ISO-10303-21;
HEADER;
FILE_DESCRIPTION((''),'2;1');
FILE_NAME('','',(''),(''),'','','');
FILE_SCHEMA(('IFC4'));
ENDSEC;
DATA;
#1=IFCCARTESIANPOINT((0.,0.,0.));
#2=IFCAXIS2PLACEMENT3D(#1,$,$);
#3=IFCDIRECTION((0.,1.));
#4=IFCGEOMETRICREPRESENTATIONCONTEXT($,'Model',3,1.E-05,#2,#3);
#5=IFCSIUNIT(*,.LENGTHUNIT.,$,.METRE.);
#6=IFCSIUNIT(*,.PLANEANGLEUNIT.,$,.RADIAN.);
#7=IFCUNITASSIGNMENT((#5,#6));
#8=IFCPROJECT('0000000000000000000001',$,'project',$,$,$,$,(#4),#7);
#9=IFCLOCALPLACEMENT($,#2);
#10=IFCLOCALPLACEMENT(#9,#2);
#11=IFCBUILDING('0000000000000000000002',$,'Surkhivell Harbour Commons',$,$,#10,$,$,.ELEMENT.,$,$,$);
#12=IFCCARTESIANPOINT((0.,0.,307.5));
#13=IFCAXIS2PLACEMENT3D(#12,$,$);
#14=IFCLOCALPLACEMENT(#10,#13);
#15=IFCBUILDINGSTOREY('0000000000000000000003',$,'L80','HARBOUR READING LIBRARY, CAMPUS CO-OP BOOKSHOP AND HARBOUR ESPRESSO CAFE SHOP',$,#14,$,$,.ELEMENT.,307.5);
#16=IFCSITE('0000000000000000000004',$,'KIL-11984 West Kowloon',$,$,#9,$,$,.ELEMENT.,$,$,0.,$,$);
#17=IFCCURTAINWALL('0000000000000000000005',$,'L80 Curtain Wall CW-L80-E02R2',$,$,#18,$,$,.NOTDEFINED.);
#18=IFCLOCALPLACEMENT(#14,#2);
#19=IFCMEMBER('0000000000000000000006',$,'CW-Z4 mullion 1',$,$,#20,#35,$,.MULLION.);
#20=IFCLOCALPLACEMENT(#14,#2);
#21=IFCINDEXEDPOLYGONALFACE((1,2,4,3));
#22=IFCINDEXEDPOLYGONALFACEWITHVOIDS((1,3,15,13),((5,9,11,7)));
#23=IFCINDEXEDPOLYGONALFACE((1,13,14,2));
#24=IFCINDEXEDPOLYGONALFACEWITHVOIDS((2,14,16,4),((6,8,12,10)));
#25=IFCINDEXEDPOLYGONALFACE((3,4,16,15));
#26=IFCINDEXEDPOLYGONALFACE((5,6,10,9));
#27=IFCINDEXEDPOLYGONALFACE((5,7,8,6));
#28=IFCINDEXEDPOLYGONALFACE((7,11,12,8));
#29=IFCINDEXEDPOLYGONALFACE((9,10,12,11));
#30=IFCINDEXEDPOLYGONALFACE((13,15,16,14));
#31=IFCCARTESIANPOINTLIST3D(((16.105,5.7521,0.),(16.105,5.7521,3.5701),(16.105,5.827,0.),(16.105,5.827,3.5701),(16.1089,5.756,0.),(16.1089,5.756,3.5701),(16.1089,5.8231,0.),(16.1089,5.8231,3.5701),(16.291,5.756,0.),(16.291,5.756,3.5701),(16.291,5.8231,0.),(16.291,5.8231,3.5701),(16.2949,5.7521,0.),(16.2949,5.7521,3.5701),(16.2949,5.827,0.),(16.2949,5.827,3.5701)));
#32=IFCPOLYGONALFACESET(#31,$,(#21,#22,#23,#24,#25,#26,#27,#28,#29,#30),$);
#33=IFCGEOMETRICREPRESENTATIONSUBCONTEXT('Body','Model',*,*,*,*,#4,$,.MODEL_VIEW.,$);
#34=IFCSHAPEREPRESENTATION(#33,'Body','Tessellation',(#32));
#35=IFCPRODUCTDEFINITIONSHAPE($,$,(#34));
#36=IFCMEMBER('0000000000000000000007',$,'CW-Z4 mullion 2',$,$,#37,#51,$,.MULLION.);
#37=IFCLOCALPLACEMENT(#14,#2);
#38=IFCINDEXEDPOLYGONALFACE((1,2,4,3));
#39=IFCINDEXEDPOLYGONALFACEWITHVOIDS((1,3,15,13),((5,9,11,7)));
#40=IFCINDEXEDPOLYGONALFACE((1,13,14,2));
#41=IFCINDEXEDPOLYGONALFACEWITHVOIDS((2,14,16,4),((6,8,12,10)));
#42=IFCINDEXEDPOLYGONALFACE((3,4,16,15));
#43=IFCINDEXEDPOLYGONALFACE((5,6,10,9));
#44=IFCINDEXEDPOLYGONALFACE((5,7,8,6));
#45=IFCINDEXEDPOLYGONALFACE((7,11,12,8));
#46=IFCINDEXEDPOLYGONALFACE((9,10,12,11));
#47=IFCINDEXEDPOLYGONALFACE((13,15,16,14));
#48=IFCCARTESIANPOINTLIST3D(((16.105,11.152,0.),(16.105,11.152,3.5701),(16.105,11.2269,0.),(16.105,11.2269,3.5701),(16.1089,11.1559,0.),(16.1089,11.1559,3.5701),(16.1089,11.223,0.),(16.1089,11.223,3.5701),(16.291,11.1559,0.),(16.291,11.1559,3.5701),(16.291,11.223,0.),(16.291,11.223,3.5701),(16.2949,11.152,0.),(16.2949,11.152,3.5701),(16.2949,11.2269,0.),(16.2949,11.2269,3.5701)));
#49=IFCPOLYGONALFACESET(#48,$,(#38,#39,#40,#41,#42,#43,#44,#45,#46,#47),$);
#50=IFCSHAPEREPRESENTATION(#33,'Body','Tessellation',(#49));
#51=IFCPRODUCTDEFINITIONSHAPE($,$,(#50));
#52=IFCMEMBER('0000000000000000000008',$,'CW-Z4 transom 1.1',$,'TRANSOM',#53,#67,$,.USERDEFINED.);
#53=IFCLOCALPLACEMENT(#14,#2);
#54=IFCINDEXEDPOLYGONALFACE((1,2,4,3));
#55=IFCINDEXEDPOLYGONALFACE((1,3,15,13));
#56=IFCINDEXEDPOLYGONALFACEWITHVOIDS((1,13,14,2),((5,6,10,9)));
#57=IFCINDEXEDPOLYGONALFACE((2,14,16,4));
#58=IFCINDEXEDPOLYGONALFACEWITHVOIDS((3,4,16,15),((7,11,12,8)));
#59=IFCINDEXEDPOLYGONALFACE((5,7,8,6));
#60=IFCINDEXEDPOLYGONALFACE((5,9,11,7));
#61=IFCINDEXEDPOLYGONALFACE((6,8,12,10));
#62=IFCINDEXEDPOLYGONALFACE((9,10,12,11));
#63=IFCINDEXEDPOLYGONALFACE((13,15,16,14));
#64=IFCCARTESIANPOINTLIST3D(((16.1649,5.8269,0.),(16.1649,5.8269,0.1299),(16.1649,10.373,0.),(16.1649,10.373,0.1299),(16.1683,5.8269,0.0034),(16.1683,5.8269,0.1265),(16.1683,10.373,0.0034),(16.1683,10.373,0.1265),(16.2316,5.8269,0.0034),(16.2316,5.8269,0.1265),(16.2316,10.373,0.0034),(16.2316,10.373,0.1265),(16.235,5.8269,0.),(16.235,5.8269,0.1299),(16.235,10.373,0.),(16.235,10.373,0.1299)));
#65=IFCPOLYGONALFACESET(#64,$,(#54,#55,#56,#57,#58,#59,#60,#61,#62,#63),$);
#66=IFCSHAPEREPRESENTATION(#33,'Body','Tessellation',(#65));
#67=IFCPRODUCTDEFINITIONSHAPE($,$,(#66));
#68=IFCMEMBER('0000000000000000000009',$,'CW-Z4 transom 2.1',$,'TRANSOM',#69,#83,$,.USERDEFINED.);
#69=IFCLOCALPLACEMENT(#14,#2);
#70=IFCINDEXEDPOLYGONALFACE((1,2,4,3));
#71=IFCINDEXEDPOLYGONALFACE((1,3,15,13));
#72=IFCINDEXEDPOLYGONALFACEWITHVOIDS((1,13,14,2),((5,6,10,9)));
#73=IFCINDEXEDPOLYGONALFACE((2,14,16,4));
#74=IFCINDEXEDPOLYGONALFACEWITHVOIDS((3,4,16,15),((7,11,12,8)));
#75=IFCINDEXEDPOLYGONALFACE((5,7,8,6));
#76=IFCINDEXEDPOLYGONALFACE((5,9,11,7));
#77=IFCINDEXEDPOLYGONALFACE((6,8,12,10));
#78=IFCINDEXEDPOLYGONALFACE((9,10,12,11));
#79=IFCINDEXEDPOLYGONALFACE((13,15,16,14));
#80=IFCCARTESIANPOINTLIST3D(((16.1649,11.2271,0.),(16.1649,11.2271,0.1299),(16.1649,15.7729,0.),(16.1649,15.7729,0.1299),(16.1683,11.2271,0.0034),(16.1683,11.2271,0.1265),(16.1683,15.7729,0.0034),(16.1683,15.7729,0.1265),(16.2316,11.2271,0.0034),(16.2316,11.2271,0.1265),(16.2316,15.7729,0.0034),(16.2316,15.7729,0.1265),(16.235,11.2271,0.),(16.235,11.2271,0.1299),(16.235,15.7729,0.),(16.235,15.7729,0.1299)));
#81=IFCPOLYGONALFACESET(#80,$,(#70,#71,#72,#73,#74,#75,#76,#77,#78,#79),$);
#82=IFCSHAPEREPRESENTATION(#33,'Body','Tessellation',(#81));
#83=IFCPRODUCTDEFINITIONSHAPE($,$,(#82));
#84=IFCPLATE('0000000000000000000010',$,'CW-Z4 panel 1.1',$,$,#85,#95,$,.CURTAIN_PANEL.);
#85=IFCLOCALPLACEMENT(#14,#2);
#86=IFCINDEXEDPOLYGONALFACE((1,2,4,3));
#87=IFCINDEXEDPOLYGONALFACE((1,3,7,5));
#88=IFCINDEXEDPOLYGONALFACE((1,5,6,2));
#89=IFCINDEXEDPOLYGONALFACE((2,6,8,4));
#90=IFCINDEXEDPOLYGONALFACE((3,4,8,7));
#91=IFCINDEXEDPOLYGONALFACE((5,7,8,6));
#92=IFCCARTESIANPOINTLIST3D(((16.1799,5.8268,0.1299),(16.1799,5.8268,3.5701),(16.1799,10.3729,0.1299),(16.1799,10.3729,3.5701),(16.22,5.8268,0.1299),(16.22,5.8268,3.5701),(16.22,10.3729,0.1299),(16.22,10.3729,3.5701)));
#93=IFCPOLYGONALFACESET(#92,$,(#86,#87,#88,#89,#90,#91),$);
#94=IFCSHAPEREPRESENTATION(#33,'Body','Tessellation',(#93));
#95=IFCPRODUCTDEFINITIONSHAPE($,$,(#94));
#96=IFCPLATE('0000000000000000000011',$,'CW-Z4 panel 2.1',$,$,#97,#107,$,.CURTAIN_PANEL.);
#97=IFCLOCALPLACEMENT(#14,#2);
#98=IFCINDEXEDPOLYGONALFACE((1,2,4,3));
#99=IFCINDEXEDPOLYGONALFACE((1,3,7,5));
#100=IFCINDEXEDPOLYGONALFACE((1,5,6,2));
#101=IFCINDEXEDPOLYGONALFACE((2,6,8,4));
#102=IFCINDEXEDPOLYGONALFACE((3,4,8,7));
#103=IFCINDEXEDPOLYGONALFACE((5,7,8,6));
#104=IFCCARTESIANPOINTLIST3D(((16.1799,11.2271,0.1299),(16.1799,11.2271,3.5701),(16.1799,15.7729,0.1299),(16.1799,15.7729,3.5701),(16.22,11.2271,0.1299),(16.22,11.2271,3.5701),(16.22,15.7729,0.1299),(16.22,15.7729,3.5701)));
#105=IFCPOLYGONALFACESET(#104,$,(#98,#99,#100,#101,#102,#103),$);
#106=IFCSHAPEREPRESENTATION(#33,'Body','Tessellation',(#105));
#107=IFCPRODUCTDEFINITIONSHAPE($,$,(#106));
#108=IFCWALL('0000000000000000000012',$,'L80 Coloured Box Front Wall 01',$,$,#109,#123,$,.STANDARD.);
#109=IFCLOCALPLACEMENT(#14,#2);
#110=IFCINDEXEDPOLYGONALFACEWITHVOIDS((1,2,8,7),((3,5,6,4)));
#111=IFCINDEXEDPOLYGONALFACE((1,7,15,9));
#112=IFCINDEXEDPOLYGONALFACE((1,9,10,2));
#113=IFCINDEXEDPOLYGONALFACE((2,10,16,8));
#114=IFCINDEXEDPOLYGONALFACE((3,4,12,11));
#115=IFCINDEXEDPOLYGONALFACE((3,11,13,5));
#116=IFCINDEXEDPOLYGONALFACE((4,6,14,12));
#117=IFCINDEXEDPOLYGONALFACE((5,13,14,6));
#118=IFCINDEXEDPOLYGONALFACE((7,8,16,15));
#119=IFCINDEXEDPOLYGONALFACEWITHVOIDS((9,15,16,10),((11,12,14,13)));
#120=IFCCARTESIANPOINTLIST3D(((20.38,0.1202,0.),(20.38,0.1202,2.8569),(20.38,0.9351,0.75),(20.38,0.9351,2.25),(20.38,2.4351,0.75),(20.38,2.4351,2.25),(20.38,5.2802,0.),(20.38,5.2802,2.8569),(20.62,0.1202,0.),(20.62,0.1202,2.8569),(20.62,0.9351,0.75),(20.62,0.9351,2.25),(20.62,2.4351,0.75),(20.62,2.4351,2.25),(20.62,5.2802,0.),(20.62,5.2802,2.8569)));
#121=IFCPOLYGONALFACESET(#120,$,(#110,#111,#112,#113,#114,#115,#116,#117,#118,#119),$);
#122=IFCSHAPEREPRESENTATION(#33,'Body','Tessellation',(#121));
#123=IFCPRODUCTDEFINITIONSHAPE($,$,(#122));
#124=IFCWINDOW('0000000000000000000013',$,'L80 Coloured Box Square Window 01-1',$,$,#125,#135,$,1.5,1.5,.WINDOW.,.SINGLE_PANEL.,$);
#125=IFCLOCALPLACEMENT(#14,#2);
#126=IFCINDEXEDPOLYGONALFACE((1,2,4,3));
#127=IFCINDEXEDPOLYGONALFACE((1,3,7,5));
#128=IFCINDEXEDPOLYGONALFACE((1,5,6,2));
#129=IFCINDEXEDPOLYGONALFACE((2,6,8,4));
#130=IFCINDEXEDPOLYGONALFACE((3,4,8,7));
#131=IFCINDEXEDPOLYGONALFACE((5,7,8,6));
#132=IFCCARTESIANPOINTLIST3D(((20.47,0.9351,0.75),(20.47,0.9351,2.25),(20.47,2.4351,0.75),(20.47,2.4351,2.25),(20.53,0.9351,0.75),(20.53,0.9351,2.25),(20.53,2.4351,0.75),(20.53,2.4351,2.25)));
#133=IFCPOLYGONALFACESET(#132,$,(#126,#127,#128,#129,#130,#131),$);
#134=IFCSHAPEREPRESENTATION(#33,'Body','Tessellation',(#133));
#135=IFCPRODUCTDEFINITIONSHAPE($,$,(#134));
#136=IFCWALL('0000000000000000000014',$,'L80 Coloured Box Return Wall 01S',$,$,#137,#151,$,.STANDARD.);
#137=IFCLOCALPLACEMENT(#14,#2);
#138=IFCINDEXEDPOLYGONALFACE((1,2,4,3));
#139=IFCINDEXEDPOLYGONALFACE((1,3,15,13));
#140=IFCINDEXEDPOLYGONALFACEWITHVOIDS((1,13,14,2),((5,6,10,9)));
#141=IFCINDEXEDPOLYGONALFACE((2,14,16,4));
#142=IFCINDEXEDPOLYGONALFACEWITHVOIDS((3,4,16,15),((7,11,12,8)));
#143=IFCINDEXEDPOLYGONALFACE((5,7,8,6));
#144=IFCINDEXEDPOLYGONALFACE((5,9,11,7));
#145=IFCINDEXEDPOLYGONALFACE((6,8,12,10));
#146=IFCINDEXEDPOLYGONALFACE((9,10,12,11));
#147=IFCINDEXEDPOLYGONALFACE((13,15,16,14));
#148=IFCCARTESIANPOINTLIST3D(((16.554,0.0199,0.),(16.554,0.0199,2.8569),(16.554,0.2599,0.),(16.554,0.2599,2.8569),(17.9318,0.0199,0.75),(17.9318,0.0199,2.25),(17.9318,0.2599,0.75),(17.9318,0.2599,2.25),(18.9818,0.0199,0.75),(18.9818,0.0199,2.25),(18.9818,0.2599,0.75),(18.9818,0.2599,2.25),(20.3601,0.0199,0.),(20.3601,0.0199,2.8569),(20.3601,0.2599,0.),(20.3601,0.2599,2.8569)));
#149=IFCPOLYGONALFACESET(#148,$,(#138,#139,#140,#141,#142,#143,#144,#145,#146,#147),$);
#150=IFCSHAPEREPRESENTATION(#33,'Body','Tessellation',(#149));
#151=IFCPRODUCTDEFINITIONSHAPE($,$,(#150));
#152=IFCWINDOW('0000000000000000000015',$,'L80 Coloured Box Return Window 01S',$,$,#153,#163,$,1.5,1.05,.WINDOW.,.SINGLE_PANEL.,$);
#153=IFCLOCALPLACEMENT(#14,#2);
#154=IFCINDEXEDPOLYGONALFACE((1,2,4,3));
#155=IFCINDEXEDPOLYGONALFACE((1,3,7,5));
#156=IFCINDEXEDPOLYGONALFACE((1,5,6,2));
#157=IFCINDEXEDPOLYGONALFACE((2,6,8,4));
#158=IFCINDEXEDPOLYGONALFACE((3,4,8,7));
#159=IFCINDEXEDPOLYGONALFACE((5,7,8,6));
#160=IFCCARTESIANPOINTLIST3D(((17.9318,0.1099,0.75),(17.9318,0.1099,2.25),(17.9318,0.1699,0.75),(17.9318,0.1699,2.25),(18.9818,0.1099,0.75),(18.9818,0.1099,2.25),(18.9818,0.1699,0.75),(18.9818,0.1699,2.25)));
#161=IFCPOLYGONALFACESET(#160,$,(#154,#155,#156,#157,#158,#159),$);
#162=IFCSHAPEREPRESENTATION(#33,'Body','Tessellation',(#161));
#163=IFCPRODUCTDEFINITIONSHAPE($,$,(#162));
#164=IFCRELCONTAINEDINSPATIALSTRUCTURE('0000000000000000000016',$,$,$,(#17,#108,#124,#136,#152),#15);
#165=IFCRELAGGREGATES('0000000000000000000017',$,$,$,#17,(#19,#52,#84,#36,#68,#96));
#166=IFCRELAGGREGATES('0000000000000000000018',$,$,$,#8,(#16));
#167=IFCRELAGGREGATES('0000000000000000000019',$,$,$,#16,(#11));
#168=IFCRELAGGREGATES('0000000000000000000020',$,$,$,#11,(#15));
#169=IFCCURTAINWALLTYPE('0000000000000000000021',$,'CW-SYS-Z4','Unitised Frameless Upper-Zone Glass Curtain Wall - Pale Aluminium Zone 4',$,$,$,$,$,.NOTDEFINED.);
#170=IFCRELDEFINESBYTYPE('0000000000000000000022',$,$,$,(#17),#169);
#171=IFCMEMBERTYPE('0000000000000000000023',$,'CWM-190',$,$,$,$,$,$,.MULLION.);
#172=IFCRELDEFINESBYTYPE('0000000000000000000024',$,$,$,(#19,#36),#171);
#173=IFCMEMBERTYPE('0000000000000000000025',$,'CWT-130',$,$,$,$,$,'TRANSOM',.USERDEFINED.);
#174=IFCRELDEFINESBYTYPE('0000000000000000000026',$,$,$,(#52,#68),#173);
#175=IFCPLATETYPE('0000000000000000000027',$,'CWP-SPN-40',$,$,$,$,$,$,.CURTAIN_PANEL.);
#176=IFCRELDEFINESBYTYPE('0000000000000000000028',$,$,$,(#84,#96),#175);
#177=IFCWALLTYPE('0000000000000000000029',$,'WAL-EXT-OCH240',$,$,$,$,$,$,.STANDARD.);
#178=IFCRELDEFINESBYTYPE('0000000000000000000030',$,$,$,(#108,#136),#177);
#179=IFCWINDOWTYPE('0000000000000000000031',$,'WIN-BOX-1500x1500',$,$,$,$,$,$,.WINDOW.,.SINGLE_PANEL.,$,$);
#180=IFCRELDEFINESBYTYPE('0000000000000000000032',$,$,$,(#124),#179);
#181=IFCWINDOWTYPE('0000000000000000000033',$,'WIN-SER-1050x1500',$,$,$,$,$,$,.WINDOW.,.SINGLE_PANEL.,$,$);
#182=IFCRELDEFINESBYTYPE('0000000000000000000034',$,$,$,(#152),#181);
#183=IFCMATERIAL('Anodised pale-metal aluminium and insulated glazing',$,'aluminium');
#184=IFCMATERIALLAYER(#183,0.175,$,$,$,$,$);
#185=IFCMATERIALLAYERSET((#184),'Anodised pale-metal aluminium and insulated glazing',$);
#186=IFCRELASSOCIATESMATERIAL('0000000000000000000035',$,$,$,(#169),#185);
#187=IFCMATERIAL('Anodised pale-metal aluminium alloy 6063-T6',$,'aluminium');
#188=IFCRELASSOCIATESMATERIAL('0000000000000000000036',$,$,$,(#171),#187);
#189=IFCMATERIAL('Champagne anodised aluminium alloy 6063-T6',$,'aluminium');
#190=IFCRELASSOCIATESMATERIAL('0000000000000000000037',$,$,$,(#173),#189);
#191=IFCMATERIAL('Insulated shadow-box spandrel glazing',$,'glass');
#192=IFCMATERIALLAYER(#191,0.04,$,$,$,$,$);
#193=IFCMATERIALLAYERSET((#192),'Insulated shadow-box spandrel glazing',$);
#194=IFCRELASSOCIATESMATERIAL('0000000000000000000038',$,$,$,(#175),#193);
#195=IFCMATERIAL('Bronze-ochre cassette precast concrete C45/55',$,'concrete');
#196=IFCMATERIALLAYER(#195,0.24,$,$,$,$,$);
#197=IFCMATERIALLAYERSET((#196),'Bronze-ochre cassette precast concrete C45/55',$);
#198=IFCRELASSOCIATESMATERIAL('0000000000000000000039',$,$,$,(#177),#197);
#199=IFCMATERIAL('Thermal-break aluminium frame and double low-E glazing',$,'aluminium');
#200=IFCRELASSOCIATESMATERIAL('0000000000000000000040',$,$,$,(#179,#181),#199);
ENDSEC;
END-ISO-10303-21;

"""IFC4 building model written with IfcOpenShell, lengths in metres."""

from ifc_helpers import new_model, si_unit, direction, frame, frame_2d, origin, origin_2d, place, context, subcontext, project, spatial, rectangle, hollow_rectangle, extrude, material, layer, layer_set, material_profile, profile_set, type_object, element, fill, aggregate, save


model = new_model("IFC4")

# Units and contexts
model_context = context("Model", 3, precision=1e-05, world=origin(), true_north=direction((0.0, 1.0)))
body_context = subcontext(model_context, "Body", "Model", "MODEL_VIEW")
ifc_project = project(units=[si_unit("LENGTHUNIT", "METRE"), si_unit("PLANEANGLEUNIT", "RADIAN")], contexts=[model_context])

# Site, building, storey
site_placement = place(None, origin())
site = spatial("IfcSite", under=ifc_project, at=site_placement, Name="KIL-11984 West Kowloon", CompositionType="ELEMENT", RefElevation=0.0)
building_placement = place(site_placement, origin())
building = spatial("IfcBuilding", under=site, at=building_placement, Name="Surkhivell Harbour Commons", CompositionType="ELEMENT")
storey_placement = place(building_placement, frame((0.0, 0.0, 307.5)))
storey = spatial("IfcBuildingStorey", under=building, at=storey_placement, Name="L80", Description="HARBOUR READING LIBRARY, CAMPUS CO-OP BOOKSHOP AND HARBOUR ESPRESSO CAFE SHOP", CompositionType="ELEMENT", Elevation=307.5)

# Curtain wall, members, plates
ifc_material_1 = material(Name="Anodised pale-metal aluminium and insulated glazing", Category="aluminium")
ifc_layer_1 = layer(ifc_material_1, 0.175)
ifc_layer_set_1 = layer_set([ifc_layer_1], Name="Anodised pale-metal aluminium and insulated glazing")
curtain_wall_type = type_object("IfcCurtainWallType", Name="CW-SYS-Z4", Description="Unitised Frameless Upper-Zone Glass Curtain Wall - Pale Aluminium Zone 4", PredefinedType="NOTDEFINED", material=ifc_layer_set_1)
curtain_wall_placement = place(storey_placement, origin())
curtain_wall = element("IfcCurtainWall", 1, at=curtain_wall_placement, inside=storey, type_object=curtain_wall_type, Name="L80 Curtain Wall CW-L80-E02R2", PredefinedType="NOTDEFINED")
ifc_material_2 = material(Name="Anodised pale-metal aluminium alloy 6063-T6", Category="aluminium")
ifc_material_profile_1 = material_profile(ifc_material_2, hollow_rectangle(XDim=0.075, YDim=0.1899, WallThickness=0.0039, at=origin_2d()), Name="ALU-MULL-75x190")
ifc_profile_set_1 = profile_set([ifc_material_profile_1], Name="Anodised pale-metal aluminium alloy 6063-T6")
member_type_1 = type_object("IfcMemberType", Name="CWM-190", PredefinedType="MULLION", material=ifc_profile_set_1)
member_1_placement = place(storey_placement, frame((16.2, 5.7896, 0.0), z_axis=(0.0, 0.0, 1.0), x_axis=(0.0, 1.0, 0.0)))
member_1 = element("IfcMember", 2, at=member_1_placement, type_object=member_type_1, Name="CW-Z4 mullion 1", PredefinedType="MULLION", context=body_context, shape_type="SweptSolid", body=[
    extrude(hollow_rectangle(XDim=0.075, YDim=0.1899, WallThickness=0.0039, at=origin_2d()), origin(), (0.0, 0.0, 1.0), 3.5701),
])
member_2_placement = place(storey_placement, frame((16.2, 11.1895, 0.0), z_axis=(0.0, 0.0, 1.0), x_axis=(0.0, 1.0, 0.0)))
member_2 = element("IfcMember", 3, at=member_2_placement, type_object=member_type_1, Name="CW-Z4 mullion 2", PredefinedType="MULLION", context=body_context, shape_type="SweptSolid", body=[
    extrude(hollow_rectangle(XDim=0.075, YDim=0.1899, WallThickness=0.0039, at=origin_2d()), origin(), (0.0, 0.0, 1.0), 3.5701),
])
ifc_material_3 = material(Name="Champagne anodised aluminium alloy 6063-T6", Category="aluminium")
ifc_material_profile_2 = material_profile(ifc_material_3, hollow_rectangle(XDim=0.0701, YDim=0.1299, WallThickness=0.0034, at=origin_2d()), Name="ALU-TRAN-70x130")
ifc_profile_set_2 = profile_set([ifc_material_profile_2], Name="Champagne anodised aluminium alloy 6063-T6")
member_type_2 = type_object("IfcMemberType", Name="CWT-130", ElementType="TRANSOM", PredefinedType="USERDEFINED", material=ifc_profile_set_2)
member_3_placement = place(storey_placement, frame((16.2, 5.8269, 0.0649), z_axis=(0.0, 1.0, 0.0), x_axis=(-1.0, 0.0, 0.0)))
member_3 = element("IfcMember", 4, at=member_3_placement, type_object=member_type_2, Name="CW-Z4 transom 1.1", ObjectType="TRANSOM", PredefinedType="USERDEFINED", context=body_context, shape_type="SweptSolid", body=[
    extrude(hollow_rectangle(XDim=0.0701, YDim=0.1299, WallThickness=0.0034, at=origin_2d()), origin(), (0.0, 0.0, 1.0), 4.5461),
])
member_4_placement = place(storey_placement, frame((16.2, 11.2271, 0.0649), z_axis=(0.0, 1.0, 0.0), x_axis=(-1.0, 0.0, 0.0)))
member_4 = element("IfcMember", 5, at=member_4_placement, type_object=member_type_2, Name="CW-Z4 transom 2.1", ObjectType="TRANSOM", PredefinedType="USERDEFINED", context=body_context, shape_type="SweptSolid", body=[
    extrude(hollow_rectangle(XDim=0.0701, YDim=0.1299, WallThickness=0.0034, at=origin_2d()), origin(), (0.0, 0.0, 1.0), 4.5459),
])
ifc_material_4 = material(Name="Insulated shadow-box spandrel glazing", Category="glass")
ifc_layer_2 = layer(ifc_material_4, 0.04)
ifc_layer_set_2 = layer_set([ifc_layer_2], Name="Insulated shadow-box spandrel glazing")
plate_type = type_object("IfcPlateType", Name="CWP-SPN-40", PredefinedType="CURTAIN_PANEL", material=ifc_layer_set_2)
plate_1_placement = place(storey_placement, frame((16.2, 5.8269, 0.1299), z_axis=(0.0, 0.0, 1.0), x_axis=(0.0, 1.0, 0.0)))
plate_1 = element("IfcPlate", 6, at=plate_1_placement, type_object=plate_type, Name="CW-Z4 panel 1.1", PredefinedType="CURTAIN_PANEL", context=body_context, shape_type="SweptSolid", body=[
    extrude(rectangle(XDim=4.5461, YDim=0.04, at=frame_2d((2.2729, 0.0))), origin(), (0.0, 0.0, 1.0), 3.4402),
])
plate_2_placement = place(storey_placement, frame((16.2, 11.2271, 0.1299), z_axis=(0.0, 0.0, 1.0), x_axis=(0.0, 1.0, 0.0)))
plate_2 = element("IfcPlate", 7, at=plate_2_placement, type_object=plate_type, Name="CW-Z4 panel 2.1", PredefinedType="CURTAIN_PANEL", context=body_context, shape_type="SweptSolid", body=[
    extrude(rectangle(XDim=4.5459, YDim=0.04, at=frame_2d((2.2729, 0.0))), origin(), (0.0, 0.0, 1.0), 3.4402),
])
aggregate(curtain_wall, [member_1, member_3, plate_1, member_2, member_4, plate_2])

# Walls, openings, windows
ifc_material_5 = material(Name="Bronze-ochre cassette precast concrete C45/55", Category="concrete")
ifc_layer_3 = layer(ifc_material_5, 0.24)
ifc_layer_set_3 = layer_set([ifc_layer_3], Name="Bronze-ochre cassette precast concrete C45/55")
wall_type_1 = type_object("IfcWallType", Name="WAL-EXT-OCH240", PredefinedType="STANDARD", material=ifc_layer_set_3)
wall_1_placement = place(storey_placement, frame((20.5, 0.1201, 0.0), z_axis=(0.0, 0.0, 1.0), x_axis=(0.0, 1.0, 0.0)))
wall_1 = element("IfcWall", 8, at=wall_1_placement, inside=storey, type_object=wall_type_1, Name="L80 Coloured Box Front Wall 01", PredefinedType="STANDARD", context=body_context, shape_type="SweptSolid", body=[
    extrude(rectangle(XDim=5.1599, YDim=0.24, at=frame_2d((2.5801, 0.0))), origin(), (0.0, 0.0, 1.0), 2.8569),
])
opening_1_placement = place(wall_1_placement, frame((0.8149, 0.0, 0.75)))
opening_1 = element("IfcOpeningElement", 9, at=opening_1_placement, cuts=wall_1, PredefinedType="OPENING", context=body_context, shape_type="SweptSolid", body=[
    extrude(rectangle(XDim=1.5, YDim=1.5, at=frame_2d((0.75, 0.75))), frame((0.0, 0.1299, 0.0), z_axis=(0.0, -1.0, 0.0), x_axis=(1.0, 0.0, 0.0)), (0.0, 0.0, 1.0), 0.26),
])
ifc_material_6 = material(Name="Thermal-break aluminium frame and double low-E glazing", Category="aluminium")
window_type_1 = type_object("IfcWindowType", Name="WIN-BOX-1500x1500", PartitioningType="SINGLE_PANEL", PredefinedType="WINDOW", material=ifc_material_6)
window_1_placement = place(opening_1_placement, origin())
window_1 = element("IfcWindow", 10, at=window_1_placement, inside=storey, type_object=window_type_1, Name="L80 Coloured Box Square Window 01-1", OverallHeight=1.5, OverallWidth=1.5, PartitioningType="SINGLE_PANEL", PredefinedType="WINDOW", context=body_context, shape_type="SweptSolid", body=[
    extrude(rectangle(XDim=1.5, YDim=1.5, at=frame_2d((0.75, 0.75))), frame((0.0, 0.03, 0.0), z_axis=(0.0, -1.0, 0.0), x_axis=(1.0, 0.0, 0.0)), (0.0, 0.0, 1.0), 0.0601),
])
fill(opening_1, window_1)
wall_2_placement = place(storey_placement, frame((16.554, 0.1399, 0.0), z_axis=(0.0, 0.0, 1.0), x_axis=(1.0, 0.0, 0.0)))
wall_2 = element("IfcWall", 11, at=wall_2_placement, inside=storey, type_object=wall_type_1, Name="L80 Coloured Box Return Wall 01S", PredefinedType="STANDARD", context=body_context, shape_type="SweptSolid", body=[
    extrude(rectangle(XDim=3.8062, YDim=0.24, at=frame_2d((1.9031, 0.0))), origin(), (0.0, 0.0, 1.0), 2.8569),
])
opening_2_placement = place(wall_2_placement, frame((1.3779, 0.0, 0.75)))
opening_2 = element("IfcOpeningElement", 12, at=opening_2_placement, cuts=wall_2, PredefinedType="OPENING", context=body_context, shape_type="SweptSolid", body=[
    extrude(rectangle(XDim=1.05, YDim=1.5, at=frame_2d((0.5249, 0.75))), frame((0.0, 0.1299, 0.0), z_axis=(0.0, -1.0, 0.0), x_axis=(1.0, 0.0, 0.0)), (0.0, 0.0, 1.0), 0.26),
])
window_type_2 = type_object("IfcWindowType", Name="WIN-SER-1050x1500", PartitioningType="SINGLE_PANEL", PredefinedType="WINDOW", material=ifc_material_6)
window_2_placement = place(opening_2_placement, origin())
window_2 = element("IfcWindow", 13, at=window_2_placement, inside=storey, type_object=window_type_2, Name="L80 Coloured Box Return Window 01S", OverallHeight=1.5, OverallWidth=1.05, PartitioningType="SINGLE_PANEL", PredefinedType="WINDOW", context=body_context, shape_type="SweptSolid", body=[
    extrude(rectangle(XDim=1.05, YDim=1.5, at=frame_2d((0.5249, 0.75))), frame((0.0, 0.03, 0.0), z_axis=(0.0, -1.0, 0.0), x_axis=(1.0, 0.0, 0.0)), (0.0, 0.0, 1.0), 0.0601),
])
fill(opening_2, window_2)

save(model, "model.ifc")
